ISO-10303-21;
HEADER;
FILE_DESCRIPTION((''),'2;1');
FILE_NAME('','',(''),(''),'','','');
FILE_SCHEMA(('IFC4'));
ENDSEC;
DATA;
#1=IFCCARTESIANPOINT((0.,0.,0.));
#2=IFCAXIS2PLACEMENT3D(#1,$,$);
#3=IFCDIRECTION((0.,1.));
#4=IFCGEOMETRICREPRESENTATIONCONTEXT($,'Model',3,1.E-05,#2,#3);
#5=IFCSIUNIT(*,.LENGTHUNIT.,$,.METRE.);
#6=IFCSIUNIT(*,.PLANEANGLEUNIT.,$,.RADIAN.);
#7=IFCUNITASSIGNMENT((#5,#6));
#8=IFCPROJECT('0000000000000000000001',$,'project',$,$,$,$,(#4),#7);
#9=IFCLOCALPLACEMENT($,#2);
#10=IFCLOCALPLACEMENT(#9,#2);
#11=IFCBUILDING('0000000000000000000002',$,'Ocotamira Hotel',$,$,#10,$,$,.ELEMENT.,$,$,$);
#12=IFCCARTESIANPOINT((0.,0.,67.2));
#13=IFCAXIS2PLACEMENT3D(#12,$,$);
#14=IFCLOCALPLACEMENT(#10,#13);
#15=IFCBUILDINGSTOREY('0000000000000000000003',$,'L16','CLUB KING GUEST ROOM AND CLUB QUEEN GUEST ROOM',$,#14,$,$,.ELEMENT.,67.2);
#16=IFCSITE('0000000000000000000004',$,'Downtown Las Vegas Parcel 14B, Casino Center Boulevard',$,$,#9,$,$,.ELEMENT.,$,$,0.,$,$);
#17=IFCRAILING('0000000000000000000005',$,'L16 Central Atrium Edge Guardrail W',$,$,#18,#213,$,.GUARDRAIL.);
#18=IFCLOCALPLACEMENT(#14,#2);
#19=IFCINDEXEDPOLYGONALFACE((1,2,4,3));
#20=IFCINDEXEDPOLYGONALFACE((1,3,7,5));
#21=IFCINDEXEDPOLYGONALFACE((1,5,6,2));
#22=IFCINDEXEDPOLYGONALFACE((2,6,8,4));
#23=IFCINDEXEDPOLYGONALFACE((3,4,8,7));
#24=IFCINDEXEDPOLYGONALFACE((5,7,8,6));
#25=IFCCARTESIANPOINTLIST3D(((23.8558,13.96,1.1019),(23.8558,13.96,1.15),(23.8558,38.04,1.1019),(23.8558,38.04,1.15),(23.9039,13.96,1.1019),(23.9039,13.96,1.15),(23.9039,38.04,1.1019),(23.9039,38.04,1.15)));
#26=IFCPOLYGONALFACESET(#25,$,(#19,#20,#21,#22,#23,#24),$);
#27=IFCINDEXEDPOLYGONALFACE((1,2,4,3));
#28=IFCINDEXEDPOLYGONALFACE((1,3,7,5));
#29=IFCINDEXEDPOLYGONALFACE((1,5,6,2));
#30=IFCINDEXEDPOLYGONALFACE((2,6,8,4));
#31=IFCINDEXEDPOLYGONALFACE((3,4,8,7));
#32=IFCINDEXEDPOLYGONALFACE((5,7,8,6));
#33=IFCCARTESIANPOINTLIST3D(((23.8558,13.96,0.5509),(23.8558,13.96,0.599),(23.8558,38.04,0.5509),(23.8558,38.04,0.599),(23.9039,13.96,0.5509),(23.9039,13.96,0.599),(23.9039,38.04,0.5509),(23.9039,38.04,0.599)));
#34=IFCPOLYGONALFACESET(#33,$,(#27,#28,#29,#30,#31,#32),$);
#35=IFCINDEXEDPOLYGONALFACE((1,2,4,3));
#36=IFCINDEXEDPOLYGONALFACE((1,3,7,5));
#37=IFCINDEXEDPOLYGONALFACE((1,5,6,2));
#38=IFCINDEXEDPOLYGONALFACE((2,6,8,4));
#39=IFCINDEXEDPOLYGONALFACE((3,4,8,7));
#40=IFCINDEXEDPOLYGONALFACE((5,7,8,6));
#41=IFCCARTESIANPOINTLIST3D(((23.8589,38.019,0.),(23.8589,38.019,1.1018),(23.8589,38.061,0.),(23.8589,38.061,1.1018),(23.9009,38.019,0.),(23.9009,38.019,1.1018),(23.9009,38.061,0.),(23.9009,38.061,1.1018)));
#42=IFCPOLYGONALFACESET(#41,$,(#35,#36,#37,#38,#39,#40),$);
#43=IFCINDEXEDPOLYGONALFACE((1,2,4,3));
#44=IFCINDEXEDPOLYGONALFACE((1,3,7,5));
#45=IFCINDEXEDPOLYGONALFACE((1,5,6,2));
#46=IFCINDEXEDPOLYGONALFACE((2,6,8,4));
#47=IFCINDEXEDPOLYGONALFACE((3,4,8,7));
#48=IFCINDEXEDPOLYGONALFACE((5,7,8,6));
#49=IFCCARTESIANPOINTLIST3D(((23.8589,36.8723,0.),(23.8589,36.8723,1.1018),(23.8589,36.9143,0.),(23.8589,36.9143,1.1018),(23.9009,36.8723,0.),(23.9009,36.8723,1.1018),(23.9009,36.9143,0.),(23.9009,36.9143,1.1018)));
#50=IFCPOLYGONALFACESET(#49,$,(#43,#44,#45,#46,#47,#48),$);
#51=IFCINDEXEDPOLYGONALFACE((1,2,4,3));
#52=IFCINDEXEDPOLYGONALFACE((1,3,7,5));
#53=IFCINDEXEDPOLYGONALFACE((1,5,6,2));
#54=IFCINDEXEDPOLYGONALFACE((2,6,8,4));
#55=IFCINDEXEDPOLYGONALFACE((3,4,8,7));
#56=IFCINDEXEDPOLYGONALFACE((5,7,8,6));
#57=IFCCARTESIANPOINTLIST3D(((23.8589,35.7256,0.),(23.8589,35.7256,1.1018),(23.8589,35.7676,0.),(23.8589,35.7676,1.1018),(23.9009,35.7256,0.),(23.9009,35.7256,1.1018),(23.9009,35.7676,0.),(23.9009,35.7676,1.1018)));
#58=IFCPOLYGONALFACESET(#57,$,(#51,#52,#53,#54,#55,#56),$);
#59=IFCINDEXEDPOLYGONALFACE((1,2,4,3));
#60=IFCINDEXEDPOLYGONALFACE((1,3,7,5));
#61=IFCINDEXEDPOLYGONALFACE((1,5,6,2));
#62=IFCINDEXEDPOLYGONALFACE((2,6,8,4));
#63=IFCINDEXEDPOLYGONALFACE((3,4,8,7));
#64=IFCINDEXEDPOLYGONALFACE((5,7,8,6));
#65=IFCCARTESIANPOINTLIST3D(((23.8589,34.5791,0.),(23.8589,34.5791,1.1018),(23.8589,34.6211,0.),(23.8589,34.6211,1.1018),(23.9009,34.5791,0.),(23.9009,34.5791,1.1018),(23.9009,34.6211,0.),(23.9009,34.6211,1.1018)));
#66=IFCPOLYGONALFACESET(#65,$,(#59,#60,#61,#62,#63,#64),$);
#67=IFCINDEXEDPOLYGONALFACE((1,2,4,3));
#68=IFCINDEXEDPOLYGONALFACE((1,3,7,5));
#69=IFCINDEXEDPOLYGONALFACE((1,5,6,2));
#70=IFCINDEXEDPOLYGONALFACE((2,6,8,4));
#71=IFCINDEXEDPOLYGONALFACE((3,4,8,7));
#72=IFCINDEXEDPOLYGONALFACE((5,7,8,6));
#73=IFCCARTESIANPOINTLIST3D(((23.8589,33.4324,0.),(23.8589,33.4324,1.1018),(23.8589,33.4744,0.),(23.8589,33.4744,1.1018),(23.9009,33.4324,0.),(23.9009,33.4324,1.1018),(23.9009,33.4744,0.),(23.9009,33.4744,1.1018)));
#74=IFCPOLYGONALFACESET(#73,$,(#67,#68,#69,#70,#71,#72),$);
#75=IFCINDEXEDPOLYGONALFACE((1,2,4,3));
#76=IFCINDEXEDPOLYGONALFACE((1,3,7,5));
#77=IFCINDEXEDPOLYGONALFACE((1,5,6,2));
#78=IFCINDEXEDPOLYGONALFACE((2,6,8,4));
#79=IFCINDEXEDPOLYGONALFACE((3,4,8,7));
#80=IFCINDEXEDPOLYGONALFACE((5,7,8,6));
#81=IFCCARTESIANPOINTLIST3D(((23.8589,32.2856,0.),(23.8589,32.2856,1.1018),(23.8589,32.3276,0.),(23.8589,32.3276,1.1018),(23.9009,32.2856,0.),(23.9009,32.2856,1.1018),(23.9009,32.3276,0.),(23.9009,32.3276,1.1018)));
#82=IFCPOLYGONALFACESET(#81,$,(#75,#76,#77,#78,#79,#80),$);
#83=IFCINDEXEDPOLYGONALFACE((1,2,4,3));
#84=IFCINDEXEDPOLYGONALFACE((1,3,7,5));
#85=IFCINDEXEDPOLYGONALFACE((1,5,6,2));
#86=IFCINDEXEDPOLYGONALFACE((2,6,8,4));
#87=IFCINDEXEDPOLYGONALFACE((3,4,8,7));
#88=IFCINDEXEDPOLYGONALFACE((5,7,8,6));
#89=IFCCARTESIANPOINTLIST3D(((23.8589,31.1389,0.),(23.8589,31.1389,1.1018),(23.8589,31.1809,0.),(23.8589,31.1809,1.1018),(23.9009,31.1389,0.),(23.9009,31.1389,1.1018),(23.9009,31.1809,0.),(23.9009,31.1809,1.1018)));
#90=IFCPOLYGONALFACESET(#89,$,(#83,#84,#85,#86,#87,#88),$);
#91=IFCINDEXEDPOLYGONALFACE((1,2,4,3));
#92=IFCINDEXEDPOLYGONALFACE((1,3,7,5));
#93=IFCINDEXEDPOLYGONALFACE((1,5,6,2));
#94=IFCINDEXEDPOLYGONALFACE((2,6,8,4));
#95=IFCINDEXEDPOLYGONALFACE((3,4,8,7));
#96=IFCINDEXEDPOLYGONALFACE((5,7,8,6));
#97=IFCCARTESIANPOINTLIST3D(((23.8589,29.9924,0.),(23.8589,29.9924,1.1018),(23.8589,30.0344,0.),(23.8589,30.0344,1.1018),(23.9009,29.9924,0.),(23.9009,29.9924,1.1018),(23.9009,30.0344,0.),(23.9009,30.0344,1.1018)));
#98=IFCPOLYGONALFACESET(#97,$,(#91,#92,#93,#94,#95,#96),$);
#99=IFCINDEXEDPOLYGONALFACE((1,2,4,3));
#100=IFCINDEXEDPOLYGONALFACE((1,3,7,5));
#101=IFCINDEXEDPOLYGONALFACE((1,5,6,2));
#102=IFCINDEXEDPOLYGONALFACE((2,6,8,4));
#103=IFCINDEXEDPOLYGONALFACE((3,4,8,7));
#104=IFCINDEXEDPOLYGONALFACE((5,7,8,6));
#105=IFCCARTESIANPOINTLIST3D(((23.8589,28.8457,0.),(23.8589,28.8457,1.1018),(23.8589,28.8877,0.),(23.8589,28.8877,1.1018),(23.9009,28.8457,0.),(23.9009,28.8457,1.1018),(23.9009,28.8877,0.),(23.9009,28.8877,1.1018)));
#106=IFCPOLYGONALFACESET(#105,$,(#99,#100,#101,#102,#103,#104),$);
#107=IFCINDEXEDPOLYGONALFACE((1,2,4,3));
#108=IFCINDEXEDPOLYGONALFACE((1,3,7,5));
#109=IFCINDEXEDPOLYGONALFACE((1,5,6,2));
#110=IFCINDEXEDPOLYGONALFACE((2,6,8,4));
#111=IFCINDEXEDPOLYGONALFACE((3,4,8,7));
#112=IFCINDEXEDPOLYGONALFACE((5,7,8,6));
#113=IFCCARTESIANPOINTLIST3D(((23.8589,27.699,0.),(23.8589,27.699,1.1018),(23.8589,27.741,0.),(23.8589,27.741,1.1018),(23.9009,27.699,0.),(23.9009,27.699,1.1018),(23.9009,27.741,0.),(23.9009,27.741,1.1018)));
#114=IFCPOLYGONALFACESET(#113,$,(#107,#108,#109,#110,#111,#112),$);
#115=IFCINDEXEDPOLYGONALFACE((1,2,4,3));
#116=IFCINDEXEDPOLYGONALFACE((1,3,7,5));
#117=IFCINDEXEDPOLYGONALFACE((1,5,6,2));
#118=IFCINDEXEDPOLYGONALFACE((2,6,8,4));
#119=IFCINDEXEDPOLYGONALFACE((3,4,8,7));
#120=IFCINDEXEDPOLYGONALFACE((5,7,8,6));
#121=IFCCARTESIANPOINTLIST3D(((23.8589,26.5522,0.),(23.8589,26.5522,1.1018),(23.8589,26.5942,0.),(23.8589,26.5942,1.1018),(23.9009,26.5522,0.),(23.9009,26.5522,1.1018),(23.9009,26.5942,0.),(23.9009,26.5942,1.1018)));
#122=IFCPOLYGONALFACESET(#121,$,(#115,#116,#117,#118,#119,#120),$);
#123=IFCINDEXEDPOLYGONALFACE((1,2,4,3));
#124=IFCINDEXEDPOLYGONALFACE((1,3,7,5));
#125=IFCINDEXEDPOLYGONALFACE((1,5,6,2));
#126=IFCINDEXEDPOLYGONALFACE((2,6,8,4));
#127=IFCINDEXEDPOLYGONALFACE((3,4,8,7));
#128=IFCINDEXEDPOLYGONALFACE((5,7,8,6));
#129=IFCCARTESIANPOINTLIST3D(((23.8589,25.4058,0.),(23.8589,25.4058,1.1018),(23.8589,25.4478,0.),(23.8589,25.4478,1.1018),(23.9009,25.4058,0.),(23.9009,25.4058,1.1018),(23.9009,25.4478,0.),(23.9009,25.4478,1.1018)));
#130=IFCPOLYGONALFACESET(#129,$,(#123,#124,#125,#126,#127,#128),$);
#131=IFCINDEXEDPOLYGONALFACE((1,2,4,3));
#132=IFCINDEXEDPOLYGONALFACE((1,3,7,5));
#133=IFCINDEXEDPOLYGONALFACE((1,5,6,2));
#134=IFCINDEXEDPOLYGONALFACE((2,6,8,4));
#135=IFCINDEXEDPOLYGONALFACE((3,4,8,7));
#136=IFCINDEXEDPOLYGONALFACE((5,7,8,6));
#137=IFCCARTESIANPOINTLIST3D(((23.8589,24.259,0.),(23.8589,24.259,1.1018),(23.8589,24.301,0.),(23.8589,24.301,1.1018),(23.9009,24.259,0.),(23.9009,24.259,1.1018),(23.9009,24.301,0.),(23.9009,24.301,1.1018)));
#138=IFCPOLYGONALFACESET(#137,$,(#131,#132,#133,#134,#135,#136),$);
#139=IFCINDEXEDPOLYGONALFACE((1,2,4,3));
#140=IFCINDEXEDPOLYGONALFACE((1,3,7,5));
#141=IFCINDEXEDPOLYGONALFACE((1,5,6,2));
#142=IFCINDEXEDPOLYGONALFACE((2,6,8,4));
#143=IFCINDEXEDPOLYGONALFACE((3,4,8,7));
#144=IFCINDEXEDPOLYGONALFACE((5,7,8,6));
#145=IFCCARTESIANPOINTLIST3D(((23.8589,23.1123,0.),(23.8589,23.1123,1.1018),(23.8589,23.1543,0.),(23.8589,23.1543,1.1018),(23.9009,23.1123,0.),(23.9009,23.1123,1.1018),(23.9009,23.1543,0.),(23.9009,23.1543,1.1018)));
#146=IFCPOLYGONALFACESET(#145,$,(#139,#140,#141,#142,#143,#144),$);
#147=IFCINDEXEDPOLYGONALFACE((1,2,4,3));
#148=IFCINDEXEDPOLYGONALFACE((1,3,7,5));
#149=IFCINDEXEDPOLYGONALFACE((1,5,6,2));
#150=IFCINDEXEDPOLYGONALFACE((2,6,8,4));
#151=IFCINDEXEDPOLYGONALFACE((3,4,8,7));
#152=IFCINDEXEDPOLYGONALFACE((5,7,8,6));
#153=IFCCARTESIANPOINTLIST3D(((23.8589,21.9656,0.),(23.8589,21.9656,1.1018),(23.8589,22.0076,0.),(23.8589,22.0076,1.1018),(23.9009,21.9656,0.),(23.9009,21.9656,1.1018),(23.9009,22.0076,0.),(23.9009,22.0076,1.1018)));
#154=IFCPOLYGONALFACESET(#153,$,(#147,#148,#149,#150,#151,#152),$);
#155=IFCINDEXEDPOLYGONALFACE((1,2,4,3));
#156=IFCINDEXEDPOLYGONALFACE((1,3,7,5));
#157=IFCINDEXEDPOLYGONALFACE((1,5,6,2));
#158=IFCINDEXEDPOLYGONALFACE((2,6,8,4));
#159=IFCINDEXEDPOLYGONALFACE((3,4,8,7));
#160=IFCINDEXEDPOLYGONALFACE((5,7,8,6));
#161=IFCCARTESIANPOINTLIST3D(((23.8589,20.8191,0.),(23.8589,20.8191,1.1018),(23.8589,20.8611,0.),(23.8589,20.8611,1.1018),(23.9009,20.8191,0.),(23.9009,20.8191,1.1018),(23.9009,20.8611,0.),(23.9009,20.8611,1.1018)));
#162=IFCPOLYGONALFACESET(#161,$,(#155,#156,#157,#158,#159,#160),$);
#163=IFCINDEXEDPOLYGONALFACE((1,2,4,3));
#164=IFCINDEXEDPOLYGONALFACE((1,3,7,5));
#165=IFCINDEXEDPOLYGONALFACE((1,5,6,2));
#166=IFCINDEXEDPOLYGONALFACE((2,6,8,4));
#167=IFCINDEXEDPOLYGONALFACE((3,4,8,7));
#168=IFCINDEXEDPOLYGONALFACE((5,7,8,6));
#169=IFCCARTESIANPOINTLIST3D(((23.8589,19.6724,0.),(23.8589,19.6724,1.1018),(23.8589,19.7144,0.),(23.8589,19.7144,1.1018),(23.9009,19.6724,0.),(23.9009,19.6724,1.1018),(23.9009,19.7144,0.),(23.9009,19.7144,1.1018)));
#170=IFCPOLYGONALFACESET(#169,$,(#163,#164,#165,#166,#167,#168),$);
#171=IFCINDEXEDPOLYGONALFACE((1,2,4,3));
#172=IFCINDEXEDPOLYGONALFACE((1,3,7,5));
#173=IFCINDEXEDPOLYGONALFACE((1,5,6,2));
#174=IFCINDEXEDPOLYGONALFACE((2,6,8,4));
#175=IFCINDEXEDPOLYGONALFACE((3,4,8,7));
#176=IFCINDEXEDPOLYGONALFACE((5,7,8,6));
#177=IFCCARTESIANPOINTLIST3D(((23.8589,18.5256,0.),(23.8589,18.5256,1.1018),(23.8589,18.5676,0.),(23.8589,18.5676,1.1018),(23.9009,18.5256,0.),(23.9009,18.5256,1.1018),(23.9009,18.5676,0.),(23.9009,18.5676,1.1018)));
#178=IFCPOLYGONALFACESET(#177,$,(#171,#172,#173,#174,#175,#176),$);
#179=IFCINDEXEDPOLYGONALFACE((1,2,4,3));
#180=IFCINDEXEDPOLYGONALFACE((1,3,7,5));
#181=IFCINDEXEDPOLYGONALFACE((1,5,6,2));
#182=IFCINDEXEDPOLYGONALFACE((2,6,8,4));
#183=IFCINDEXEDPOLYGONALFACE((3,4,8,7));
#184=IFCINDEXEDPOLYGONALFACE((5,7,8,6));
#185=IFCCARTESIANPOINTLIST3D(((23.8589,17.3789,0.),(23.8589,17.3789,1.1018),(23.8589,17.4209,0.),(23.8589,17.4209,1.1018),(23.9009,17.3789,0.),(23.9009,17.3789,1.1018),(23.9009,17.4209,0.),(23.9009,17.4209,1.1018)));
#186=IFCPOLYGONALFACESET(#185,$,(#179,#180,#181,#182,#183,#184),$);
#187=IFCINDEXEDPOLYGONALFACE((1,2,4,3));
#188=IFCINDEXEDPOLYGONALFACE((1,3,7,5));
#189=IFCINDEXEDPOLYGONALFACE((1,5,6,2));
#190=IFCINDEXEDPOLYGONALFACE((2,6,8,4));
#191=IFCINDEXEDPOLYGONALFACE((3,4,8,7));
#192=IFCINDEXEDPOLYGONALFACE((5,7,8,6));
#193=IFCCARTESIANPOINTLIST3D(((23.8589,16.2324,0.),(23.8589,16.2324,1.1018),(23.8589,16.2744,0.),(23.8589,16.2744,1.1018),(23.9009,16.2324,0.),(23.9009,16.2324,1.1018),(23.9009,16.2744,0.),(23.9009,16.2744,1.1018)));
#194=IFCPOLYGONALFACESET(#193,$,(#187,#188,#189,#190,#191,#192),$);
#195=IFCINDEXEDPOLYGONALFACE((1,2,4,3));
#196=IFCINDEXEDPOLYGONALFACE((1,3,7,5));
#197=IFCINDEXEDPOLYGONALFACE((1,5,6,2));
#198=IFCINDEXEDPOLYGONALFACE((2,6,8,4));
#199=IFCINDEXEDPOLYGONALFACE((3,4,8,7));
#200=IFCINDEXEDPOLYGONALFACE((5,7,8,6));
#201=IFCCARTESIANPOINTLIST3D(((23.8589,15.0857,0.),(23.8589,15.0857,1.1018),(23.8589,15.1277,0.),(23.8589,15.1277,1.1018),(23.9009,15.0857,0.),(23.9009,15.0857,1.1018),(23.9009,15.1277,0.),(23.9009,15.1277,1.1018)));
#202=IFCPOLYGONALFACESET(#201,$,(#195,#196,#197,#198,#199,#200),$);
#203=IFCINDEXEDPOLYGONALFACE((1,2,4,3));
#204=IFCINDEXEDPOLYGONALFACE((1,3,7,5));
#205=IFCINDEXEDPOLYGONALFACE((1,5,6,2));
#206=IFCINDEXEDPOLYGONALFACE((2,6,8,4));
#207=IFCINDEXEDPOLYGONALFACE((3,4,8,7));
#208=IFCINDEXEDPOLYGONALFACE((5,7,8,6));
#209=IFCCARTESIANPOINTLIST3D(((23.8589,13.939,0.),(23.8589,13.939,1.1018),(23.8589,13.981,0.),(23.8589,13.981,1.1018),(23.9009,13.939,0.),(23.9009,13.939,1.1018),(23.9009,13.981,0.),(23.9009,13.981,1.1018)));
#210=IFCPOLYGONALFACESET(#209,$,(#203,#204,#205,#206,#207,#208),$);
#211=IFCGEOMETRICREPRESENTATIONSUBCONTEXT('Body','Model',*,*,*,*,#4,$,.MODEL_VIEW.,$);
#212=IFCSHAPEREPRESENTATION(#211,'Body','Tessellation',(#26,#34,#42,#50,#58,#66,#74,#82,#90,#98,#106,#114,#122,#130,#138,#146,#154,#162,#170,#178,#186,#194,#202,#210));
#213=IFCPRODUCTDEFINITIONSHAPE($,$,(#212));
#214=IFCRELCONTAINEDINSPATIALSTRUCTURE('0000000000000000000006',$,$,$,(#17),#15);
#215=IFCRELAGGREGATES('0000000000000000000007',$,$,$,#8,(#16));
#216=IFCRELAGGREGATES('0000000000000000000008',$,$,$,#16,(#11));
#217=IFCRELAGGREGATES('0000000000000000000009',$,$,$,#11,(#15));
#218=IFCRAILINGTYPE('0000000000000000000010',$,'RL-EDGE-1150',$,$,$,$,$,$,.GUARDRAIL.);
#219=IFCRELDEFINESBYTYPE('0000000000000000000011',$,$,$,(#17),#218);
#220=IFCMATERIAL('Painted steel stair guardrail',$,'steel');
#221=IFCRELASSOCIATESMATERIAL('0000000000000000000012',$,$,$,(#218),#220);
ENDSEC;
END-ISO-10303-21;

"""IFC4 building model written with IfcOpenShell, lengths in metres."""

from ifc_helpers import new_model, si_unit, direction, frame, origin, origin_2d, place, context, subcontext, project, spatial, rectangle, extrude, material, type_object, element, save


model = new_model("IFC4")

# Units and contexts
model_context = context("Model", 3, precision=1e-05, world=origin(), true_north=direction((0.0, 1.0)))
body_context = subcontext(model_context, "Body", "Model", "MODEL_VIEW")
ifc_project = project(units=[si_unit("LENGTHUNIT", "METRE"), si_unit("PLANEANGLEUNIT", "RADIAN")], contexts=[model_context])

# Site, building, storey
site_placement = place(None, origin())
site = spatial("IfcSite", under=ifc_project, at=site_placement, Name="Downtown Las Vegas Parcel 14B, Casino Center Boulevard", CompositionType="ELEMENT", RefElevation=0.0)
building_placement = place(site_placement, origin())
building = spatial("IfcBuilding", under=site, at=building_placement, Name="Ocotamira Hotel", CompositionType="ELEMENT")
storey_placement = place(building_placement, frame((0.0, 0.0, 67.2)))
storey = spatial("IfcBuildingStorey", under=building, at=storey_placement, Name="L16", Description="CLUB KING GUEST ROOM AND CLUB QUEEN GUEST ROOM", CompositionType="ELEMENT", Elevation=67.2)

# Railing
ifc_material_1 = material(Name="Painted steel stair guardrail", Category="steel")
railing_type = type_object("IfcRailingType", Name="RL-EDGE-1150", PredefinedType="GUARDRAIL", material=ifc_material_1)
railing_placement = place(storey_placement, frame((23.8799, 38.04, 0.0)))
element("IfcRailing", 1, at=railing_placement, inside=storey, type_object=railing_type, Name="L16 Central Atrium Edge Guardrail W", PredefinedType="GUARDRAIL", context=body_context, shape_type="SweptSolid", body=[
    extrude(rectangle(XDim=0.0481, YDim=0.0481, at=origin_2d()), frame((0.0, 0.0, 1.126), z_axis=(0.0, -1.0, 0.0), x_axis=(1.0, 0.0, 0.0)), (0.0, 0.0, 1.0), 24.0801),
    extrude(rectangle(XDim=0.0481, YDim=0.0481, at=origin_2d()), frame((0.0, 0.0, 0.575), z_axis=(0.0, -1.0, 0.0), x_axis=(1.0, 0.0, 0.0)), (0.0, 0.0, 1.0), 24.0801),
    extrude(rectangle(XDim=0.042, YDim=0.042, at=origin_2d()), origin(), (0.0, 0.0, 1.0), 1.1018),
    extrude(rectangle(XDim=0.042, YDim=0.042, at=origin_2d()), frame((0.0, -1.1467, 0.0)), (0.0, 0.0, 1.0), 1.1018),
    extrude(rectangle(XDim=0.042, YDim=0.042, at=origin_2d()), frame((0.0, -2.2935, 0.0)), (0.0, 0.0, 1.0), 1.1018),
    extrude(rectangle(XDim=0.042, YDim=0.042, at=origin_2d()), frame((0.0, -3.4399, 0.0)), (0.0, 0.0, 1.0), 1.1018),
    extrude(rectangle(XDim=0.042, YDim=0.042, at=origin_2d()), frame((0.0, -4.5867, 0.0)), (0.0, 0.0, 1.0), 1.1018),
    extrude(rectangle(XDim=0.042, YDim=0.042, at=origin_2d()), frame((0.0, -5.7334, 0.0)), (0.0, 0.0, 1.0), 1.1018),
    extrude(rectangle(XDim=0.042, YDim=0.042, at=origin_2d()), frame((0.0, -6.8801, 0.0)), (0.0, 0.0, 1.0), 1.1018),
    extrude(rectangle(XDim=0.042, YDim=0.042, at=origin_2d()), frame((0.0, -8.0266, 0.0)), (0.0, 0.0, 1.0), 1.1018),
    extrude(rectangle(XDim=0.042, YDim=0.042, at=origin_2d()), frame((0.0, -9.1733, 0.0)), (0.0, 0.0, 1.0), 1.1018),
    extrude(rectangle(XDim=0.042, YDim=0.042, at=origin_2d()), frame((0.0, -10.3201, 0.0)), (0.0, 0.0, 1.0), 1.1018),
    extrude(rectangle(XDim=0.042, YDim=0.042, at=origin_2d()), frame((0.0, -11.4668, 0.0)), (0.0, 0.0, 1.0), 1.1018),
    extrude(rectangle(XDim=0.042, YDim=0.042, at=origin_2d()), frame((0.0, -12.6133, 0.0)), (0.0, 0.0, 1.0), 1.1018),
    extrude(rectangle(XDim=0.042, YDim=0.042, at=origin_2d()), frame((0.0, -13.76, 0.0)), (0.0, 0.0, 1.0), 1.1018),
    extrude(rectangle(XDim=0.042, YDim=0.042, at=origin_2d()), frame((0.0, -14.9067, 0.0)), (0.0, 0.0, 1.0), 1.1018),
    extrude(rectangle(XDim=0.042, YDim=0.042, at=origin_2d()), frame((0.0, -16.0535, 0.0)), (0.0, 0.0, 1.0), 1.1018),
    extrude(rectangle(XDim=0.042, YDim=0.042, at=origin_2d()), frame((0.0, -17.2, 0.0)), (0.0, 0.0, 1.0), 1.1018),
    extrude(rectangle(XDim=0.042, YDim=0.042, at=origin_2d()), frame((0.0, -18.3467, 0.0)), (0.0, 0.0, 1.0), 1.1018),
    extrude(rectangle(XDim=0.042, YDim=0.042, at=origin_2d()), frame((0.0, -19.4934, 0.0)), (0.0, 0.0, 1.0), 1.1018),
    extrude(rectangle(XDim=0.042, YDim=0.042, at=origin_2d()), frame((0.0, -20.6401, 0.0)), (0.0, 0.0, 1.0), 1.1018),
    extrude(rectangle(XDim=0.042, YDim=0.042, at=origin_2d()), frame((0.0, -21.7866, 0.0)), (0.0, 0.0, 1.0), 1.1018),
    extrude(rectangle(XDim=0.042, YDim=0.042, at=origin_2d()), frame((0.0, -22.9333, 0.0)), (0.0, 0.0, 1.0), 1.1018),
    extrude(rectangle(XDim=0.042, YDim=0.042, at=origin_2d()), frame((0.0, -24.0801, 0.0)), (0.0, 0.0, 1.0), 1.1018),
])

save(model, "model.ifc")
